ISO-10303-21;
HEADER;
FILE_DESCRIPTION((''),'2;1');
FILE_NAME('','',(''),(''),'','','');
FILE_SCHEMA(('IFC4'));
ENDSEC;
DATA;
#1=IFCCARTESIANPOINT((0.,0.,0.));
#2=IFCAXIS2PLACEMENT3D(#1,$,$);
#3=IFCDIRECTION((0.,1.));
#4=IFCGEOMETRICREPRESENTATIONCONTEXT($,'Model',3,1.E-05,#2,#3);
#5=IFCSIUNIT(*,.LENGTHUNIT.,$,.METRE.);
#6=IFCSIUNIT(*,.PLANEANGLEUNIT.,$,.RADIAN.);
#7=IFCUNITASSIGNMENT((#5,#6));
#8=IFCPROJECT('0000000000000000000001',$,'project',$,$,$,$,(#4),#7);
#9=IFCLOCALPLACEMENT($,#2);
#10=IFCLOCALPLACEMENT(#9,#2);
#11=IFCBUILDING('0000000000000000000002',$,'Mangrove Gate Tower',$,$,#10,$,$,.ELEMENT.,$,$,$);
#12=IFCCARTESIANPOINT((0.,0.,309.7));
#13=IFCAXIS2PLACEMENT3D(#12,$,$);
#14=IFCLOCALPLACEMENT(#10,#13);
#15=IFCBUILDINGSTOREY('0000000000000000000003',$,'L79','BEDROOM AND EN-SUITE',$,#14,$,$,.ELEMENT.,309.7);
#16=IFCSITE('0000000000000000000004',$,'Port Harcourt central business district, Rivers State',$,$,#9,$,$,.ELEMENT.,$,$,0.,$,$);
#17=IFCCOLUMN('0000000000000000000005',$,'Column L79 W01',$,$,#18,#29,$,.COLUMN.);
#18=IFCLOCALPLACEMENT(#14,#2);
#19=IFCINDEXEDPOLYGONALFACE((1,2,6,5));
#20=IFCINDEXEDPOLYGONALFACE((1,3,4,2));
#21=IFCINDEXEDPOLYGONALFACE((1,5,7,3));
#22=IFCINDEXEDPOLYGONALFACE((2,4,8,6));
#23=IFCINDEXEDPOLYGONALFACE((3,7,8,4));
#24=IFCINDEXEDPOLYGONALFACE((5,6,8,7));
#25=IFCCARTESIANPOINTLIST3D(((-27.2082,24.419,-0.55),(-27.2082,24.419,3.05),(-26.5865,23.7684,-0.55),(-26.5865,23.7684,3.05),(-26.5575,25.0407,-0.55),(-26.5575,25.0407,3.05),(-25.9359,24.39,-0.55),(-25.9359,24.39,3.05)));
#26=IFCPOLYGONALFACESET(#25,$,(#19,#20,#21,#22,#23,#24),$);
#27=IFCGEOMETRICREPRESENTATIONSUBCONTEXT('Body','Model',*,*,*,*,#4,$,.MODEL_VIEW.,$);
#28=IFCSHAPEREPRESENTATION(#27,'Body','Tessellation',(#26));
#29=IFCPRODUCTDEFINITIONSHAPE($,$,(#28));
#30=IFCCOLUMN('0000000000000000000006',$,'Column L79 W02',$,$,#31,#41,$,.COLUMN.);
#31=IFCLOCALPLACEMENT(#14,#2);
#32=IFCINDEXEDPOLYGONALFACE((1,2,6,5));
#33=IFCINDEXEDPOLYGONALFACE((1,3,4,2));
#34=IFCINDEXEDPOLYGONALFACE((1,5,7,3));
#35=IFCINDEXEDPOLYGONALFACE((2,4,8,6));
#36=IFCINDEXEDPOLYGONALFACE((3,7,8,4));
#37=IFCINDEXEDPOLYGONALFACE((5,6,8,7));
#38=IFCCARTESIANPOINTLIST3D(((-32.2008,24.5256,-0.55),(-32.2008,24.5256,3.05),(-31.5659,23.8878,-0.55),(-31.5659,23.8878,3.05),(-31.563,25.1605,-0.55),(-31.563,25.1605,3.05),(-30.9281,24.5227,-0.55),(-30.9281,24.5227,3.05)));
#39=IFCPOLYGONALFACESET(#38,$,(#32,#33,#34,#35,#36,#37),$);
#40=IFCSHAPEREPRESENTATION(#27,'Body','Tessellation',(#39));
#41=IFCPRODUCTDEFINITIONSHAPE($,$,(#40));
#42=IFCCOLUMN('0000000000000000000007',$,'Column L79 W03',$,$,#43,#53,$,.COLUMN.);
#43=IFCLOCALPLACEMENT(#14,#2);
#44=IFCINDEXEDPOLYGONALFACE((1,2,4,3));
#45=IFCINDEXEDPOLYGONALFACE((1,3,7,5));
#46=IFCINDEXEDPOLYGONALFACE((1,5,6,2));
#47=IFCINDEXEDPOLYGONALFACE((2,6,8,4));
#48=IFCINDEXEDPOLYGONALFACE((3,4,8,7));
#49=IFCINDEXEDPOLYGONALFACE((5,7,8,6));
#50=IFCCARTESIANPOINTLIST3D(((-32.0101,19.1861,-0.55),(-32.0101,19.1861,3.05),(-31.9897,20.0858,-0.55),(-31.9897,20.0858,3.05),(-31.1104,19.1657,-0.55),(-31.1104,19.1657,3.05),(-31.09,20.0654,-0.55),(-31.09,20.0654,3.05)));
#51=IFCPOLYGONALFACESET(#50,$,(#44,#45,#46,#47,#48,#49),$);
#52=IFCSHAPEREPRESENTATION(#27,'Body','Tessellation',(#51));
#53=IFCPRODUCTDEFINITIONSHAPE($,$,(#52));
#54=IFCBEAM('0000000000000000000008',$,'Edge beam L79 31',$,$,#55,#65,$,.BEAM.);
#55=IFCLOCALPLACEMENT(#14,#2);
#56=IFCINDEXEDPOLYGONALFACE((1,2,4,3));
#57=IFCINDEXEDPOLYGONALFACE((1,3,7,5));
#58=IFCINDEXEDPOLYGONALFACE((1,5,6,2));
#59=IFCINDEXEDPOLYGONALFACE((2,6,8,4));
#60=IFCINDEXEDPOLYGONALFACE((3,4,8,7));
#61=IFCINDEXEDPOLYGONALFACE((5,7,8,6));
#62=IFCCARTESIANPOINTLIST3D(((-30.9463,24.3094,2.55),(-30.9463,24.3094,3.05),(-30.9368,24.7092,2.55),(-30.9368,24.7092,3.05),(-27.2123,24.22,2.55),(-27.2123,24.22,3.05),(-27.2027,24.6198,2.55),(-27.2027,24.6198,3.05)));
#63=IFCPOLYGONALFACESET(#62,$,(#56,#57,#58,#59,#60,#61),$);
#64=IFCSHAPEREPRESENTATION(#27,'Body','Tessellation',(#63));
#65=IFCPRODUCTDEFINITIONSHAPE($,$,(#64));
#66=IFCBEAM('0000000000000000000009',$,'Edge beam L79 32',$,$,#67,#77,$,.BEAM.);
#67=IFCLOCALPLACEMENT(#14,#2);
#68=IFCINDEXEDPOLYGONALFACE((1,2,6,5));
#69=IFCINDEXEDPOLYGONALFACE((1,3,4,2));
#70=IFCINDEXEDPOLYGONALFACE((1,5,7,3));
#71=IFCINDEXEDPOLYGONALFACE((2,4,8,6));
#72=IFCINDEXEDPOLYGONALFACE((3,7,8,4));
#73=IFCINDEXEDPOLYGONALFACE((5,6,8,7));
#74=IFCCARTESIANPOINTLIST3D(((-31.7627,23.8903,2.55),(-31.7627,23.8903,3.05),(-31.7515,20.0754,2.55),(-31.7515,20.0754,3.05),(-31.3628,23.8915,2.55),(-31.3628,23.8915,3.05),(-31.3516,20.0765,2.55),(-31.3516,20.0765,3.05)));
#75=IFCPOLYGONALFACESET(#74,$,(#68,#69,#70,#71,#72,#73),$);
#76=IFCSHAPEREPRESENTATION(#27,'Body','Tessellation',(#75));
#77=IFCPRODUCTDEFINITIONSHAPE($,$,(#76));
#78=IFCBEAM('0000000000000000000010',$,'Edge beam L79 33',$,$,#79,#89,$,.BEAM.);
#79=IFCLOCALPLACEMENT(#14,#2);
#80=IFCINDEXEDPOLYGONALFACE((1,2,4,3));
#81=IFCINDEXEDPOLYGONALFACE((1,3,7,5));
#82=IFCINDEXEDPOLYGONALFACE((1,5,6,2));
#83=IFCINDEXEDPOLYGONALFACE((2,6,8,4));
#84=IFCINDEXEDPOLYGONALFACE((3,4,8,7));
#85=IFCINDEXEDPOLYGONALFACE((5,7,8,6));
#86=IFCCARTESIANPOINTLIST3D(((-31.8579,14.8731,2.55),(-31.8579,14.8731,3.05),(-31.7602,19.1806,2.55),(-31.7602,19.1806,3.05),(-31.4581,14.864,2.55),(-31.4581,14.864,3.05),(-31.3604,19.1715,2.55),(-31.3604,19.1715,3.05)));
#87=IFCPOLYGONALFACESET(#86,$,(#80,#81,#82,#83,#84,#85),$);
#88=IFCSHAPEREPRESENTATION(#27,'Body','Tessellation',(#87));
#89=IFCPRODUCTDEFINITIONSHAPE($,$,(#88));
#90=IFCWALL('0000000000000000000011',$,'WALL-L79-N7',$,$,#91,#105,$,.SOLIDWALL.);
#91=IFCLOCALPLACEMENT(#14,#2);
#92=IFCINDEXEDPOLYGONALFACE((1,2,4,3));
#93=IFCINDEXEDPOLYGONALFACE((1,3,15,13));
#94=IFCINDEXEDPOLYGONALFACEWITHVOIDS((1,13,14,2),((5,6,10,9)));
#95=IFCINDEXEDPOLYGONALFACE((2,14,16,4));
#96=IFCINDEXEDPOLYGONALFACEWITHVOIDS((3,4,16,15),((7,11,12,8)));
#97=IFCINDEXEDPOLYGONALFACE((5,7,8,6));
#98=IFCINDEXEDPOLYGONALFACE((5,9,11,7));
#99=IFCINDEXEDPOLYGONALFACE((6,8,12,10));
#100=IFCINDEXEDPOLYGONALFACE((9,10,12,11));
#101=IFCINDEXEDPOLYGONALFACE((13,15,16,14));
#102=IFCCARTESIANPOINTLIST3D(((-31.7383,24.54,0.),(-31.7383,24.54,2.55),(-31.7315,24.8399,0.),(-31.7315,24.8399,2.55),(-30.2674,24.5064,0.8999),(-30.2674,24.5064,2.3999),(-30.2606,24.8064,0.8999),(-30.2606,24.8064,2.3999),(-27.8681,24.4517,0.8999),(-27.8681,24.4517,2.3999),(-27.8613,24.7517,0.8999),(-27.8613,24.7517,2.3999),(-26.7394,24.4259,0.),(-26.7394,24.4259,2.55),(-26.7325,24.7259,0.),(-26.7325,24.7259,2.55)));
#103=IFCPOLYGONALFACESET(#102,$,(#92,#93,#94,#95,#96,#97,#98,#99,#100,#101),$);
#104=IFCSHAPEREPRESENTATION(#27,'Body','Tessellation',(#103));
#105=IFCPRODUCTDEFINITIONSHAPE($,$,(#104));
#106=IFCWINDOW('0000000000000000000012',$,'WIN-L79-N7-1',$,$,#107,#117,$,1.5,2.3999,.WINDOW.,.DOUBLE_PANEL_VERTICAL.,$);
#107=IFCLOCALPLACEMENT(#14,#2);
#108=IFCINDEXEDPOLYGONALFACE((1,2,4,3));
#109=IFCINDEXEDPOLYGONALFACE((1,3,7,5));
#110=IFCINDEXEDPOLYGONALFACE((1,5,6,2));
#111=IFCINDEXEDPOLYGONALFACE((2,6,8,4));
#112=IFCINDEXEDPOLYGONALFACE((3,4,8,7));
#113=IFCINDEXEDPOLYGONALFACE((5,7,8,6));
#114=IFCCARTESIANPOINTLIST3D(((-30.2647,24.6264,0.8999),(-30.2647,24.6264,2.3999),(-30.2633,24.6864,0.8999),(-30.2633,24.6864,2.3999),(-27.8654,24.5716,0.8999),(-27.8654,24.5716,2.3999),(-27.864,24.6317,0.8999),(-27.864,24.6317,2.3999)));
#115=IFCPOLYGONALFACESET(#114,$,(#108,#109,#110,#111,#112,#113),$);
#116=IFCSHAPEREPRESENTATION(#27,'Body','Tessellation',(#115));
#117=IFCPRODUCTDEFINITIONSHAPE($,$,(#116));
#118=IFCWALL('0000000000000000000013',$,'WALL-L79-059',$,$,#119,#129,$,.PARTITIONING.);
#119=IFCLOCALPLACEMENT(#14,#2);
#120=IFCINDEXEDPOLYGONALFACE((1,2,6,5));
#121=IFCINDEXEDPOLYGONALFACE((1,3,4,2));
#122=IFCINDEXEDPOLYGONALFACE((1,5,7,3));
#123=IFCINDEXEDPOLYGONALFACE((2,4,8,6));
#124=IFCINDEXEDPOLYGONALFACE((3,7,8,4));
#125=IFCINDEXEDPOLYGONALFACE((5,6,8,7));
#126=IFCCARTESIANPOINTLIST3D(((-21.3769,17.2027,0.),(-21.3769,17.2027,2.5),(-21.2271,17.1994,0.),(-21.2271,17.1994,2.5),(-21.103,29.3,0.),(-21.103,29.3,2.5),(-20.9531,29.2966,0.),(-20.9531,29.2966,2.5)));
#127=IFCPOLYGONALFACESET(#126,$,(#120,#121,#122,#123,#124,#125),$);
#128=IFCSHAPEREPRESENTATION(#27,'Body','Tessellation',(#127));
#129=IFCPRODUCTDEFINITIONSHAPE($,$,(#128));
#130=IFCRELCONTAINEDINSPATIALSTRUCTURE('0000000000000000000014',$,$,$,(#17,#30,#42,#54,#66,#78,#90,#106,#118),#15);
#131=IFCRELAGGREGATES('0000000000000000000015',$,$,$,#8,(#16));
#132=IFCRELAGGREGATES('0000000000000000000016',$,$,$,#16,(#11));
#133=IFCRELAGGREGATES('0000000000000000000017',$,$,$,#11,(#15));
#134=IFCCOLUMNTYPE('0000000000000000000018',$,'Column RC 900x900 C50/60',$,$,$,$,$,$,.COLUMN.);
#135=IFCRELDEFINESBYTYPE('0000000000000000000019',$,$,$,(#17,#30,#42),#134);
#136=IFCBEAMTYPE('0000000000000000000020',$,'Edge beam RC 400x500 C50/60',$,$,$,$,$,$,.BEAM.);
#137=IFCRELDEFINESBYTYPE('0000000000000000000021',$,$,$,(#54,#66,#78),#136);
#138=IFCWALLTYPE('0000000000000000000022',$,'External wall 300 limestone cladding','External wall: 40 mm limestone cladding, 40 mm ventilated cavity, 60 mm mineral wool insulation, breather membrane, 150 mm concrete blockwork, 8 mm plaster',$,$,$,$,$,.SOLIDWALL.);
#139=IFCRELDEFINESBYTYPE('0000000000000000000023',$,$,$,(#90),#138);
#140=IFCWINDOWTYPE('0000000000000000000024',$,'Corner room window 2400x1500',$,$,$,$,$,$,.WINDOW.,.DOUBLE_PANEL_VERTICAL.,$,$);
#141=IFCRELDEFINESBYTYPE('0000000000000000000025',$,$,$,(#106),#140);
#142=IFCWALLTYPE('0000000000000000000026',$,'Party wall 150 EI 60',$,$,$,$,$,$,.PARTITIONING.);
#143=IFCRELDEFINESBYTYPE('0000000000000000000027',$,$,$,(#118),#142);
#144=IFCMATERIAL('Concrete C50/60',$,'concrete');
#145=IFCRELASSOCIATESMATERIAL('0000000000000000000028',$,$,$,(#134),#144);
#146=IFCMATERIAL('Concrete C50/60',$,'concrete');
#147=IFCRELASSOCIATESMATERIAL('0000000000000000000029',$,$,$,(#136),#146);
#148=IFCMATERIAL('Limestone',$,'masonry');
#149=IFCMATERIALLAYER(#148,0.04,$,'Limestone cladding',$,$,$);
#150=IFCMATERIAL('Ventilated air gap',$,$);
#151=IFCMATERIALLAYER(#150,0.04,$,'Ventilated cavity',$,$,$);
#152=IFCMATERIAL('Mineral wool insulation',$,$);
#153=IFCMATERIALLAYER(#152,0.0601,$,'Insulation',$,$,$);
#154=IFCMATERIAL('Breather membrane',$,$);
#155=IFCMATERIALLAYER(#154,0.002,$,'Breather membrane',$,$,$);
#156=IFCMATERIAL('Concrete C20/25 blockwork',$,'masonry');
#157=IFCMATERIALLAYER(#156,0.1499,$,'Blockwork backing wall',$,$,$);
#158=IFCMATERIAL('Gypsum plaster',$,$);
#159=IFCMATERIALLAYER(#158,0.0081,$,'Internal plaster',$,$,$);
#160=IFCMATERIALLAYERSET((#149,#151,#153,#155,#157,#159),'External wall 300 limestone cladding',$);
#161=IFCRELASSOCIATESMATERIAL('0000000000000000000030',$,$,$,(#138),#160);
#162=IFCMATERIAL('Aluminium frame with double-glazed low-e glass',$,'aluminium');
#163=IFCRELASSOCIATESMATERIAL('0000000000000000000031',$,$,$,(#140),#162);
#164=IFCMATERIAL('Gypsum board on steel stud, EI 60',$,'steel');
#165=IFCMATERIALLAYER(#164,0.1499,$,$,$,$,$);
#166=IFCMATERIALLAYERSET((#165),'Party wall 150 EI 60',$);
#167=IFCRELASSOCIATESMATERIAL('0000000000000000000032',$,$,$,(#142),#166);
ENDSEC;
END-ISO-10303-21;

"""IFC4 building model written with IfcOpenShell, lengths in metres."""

from ifc_helpers import new_model, si_unit, direction, frame, frame_2d, origin, origin_2d, place, context, subcontext, project, spatial, rectangle, extrude, material, layer, layer_set, material_profile, profile_set, type_object, element, fill, save


model = new_model("IFC4")

# Units and contexts
model_context = context("Model", 3, precision=1e-05, world=origin(), true_north=direction((0.0, 1.0)))
body_context = subcontext(model_context, "Body", "Model", "MODEL_VIEW")
ifc_project = project(units=[si_unit("LENGTHUNIT", "METRE"), si_unit("PLANEANGLEUNIT", "RADIAN")], contexts=[model_context])

# Site, building, storey
site_placement = place(None, origin())
site = spatial("IfcSite", under=ifc_project, at=site_placement, Name="Port Harcourt central business district, Rivers State", CompositionType="ELEMENT", RefElevation=0.0)
building_placement = place(site_placement, origin())
building = spatial("IfcBuilding", under=site, at=building_placement, Name="Mangrove Gate Tower", CompositionType="ELEMENT")
storey_placement = place(building_placement, frame((0.0, 0.0, 309.7)))
storey = spatial("IfcBuildingStorey", under=building, at=storey_placement, Name="L79", Description="BEDROOM AND EN-SUITE", CompositionType="ELEMENT", Elevation=309.7)

# Columns
ifc_material_1 = material(Name="Concrete C50/60", Category="concrete")
ifc_material_profile_1 = material_profile(ifc_material_1, rectangle(XDim=0.8999, YDim=0.8999, at=origin_2d()))
ifc_profile_set_1 = profile_set([ifc_material_profile_1], Name="Concrete C50/60")
column_type = type_object("IfcColumnType", Name="Column RC 900x900 C50/60", PredefinedType="COLUMN", material=ifc_profile_set_1)
for number, where, z_axis, x_axis, name in (
    (1, (-26.572, 24.4045, -0.55), (0.0, 0.0, 1.0), (-0.723044, -0.690802, 0.0), "Column L79 W01"),
    (2, (-31.5645, 24.5242, -0.55), (0.0, 0.0, 1.0), (-0.708698, -0.705512, 0.0), "Column L79 W02"),
    (3, (-31.55, 19.6257, -0.55), (0.0, 0.0, 1.0), (-0.022656, -0.999743, 0.0), "Column L79 W03"),
):
    element("IfcColumn", number, at=place(storey_placement, frame(where, z_axis=z_axis, x_axis=x_axis)), inside=storey, type_object=column_type, Name=name, PredefinedType="COLUMN", context=body_context, shape_type="SweptSolid", body=[
        extrude(rectangle(XDim=0.8999, YDim=0.8999, at=origin_2d()), origin(), (0.0, 0.0, 1.0), 3.6001),
    ])

# Beams
ifc_material_2 = material(Name="Concrete C50/60", Category="concrete")
ifc_material_profile_2 = material_profile(ifc_material_2, rectangle(XDim=0.3999, YDim=0.5, at=origin_2d()))
ifc_profile_set_2 = profile_set([ifc_material_profile_2], Name="Concrete C50/60")
beam_type = type_object("IfcBeamType", Name="Edge beam RC 400x500 C50/60", PredefinedType="BEAM", material=ifc_profile_set_2)
beam_1_placement = place(storey_placement, frame((-27.2075, 24.4199, 2.8), z_axis=(-0.999714, 0.023923, 0.0), x_axis=(-0.023923, -0.999714, 0.0)))
element("IfcBeam", 4, at=beam_1_placement, inside=storey, type_object=beam_type, Name="Edge beam L79 31", PredefinedType="BEAM", context=body_context, shape_type="SweptSolid", body=[
    extrude(rectangle(XDim=0.3999, YDim=0.5, at=origin_2d()), origin(), (0.0, 0.0, 1.0), 3.7351),
])
beam_2_placement = place(storey_placement, frame((-31.5627, 23.8909, 2.8), z_axis=(0.002944, -0.999996, 0.0), x_axis=(0.999996, 0.002944, 0.0)))
element("IfcBeam", 5, at=beam_2_placement, inside=storey, type_object=beam_type, Name="Edge beam L79 32", PredefinedType="BEAM", context=body_context, shape_type="SweptSolid", body=[
    extrude(rectangle(XDim=0.3999, YDim=0.5, at=origin_2d()), origin(), (0.0, 0.0, 1.0), 3.8149),
])
beam_3_placement = place(storey_placement, frame((-31.5603, 19.176, 2.8), z_axis=(-0.022666, -0.999743, 0.0), x_axis=(0.999743, -0.022666, 0.0)))
element("IfcBeam", 6, at=beam_3_placement, inside=storey, type_object=beam_type, Name="Edge beam L79 33", PredefinedType="BEAM", context=body_context, shape_type="SweptSolid", body=[
    extrude(rectangle(XDim=0.3999, YDim=0.5, at=origin_2d()), origin(), (0.0, 0.0, 1.0), 4.3086),
])

# Wall, opening, window
ifc_material_3 = material(Name="Limestone", Category="masonry")
ifc_layer_1 = layer(ifc_material_3, 0.04, Name="Limestone cladding")
ifc_material_4 = material(Name="Ventilated air gap")
ifc_layer_2 = layer(ifc_material_4, 0.04, Name="Ventilated cavity")
ifc_material_5 = material(Name="Mineral wool insulation")
ifc_layer_3 = layer(ifc_material_5, 0.0601, Name="Insulation")
ifc_material_6 = material(Name="Breather membrane")
ifc_layer_4 = layer(ifc_material_6, 0.002, Name="Breather membrane")
ifc_material_7 = material(Name="Concrete C20/25 blockwork", Category="masonry")
ifc_layer_5 = layer(ifc_material_7, 0.1499, Name="Blockwork backing wall")
ifc_material_8 = material(Name="Gypsum plaster")
ifc_layer_6 = layer(ifc_material_8, 0.0081, Name="Internal plaster")
ifc_layer_set_1 = layer_set([ifc_layer_1, ifc_layer_2, ifc_layer_3, ifc_layer_4, ifc_layer_5, ifc_layer_6], Name="External wall 300 limestone cladding")
wall_type_1 = type_object("IfcWallType", Name="External wall 300 limestone cladding", Description="External wall: 40 mm limestone cladding, 40 mm ventilated cavity, 60 mm mineral wool insulation, breather membrane, 150 mm concrete blockwork, 8 mm plaster", PredefinedType="SOLIDWALL", material=ifc_layer_set_1)
wall_1_placement = place(storey_placement, frame((-26.7361, 24.5759, 0.0), z_axis=(0.0, 0.0, 1.0), x_axis=(-0.99974, 0.022801, 0.0)))
wall_1 = element("IfcWall", 7, at=wall_1_placement, inside=storey, type_object=wall_type_1, Name="WALL-L79-N7", PredefinedType="SOLIDWALL", context=body_context, shape_type="SweptSolid", body=[
    extrude(rectangle(XDim=5.0002, YDim=0.3, at=frame_2d((2.5, 0.0))), origin(), (0.0, 0.0, 1.0), 2.55),
])
opening_1_placement = place(wall_1_placement, frame((1.1289, 0.0, 0.8999)))
opening_1 = element("IfcOpeningElement", 8, at=opening_1_placement, cuts=wall_1, PredefinedType="OPENING", context=body_context, shape_type="SweptSolid", body=[
    extrude(rectangle(XDim=2.3999, YDim=1.5, at=frame_2d((1.2, 0.75))), frame((0.0, 0.1599, 0.0), z_axis=(0.0, -1.0, 0.0), x_axis=(1.0, 0.0, 0.0)), (0.0, 0.0, 1.0), 0.3201),
])
ifc_material_9 = material(Name="Aluminium frame with double-glazed low-e glass", Category="aluminium")
window_type = type_object("IfcWindowType", Name="Corner room window 2400x1500", PartitioningType="DOUBLE_PANEL_VERTICAL", PredefinedType="WINDOW", material=ifc_material_9)
window_placement = place(opening_1_placement, origin())
window = element("IfcWindow", 9, at=window_placement, inside=storey, type_object=window_type, Name="WIN-L79-N7-1", OverallHeight=1.5, OverallWidth=2.3999, PartitioningType="DOUBLE_PANEL_VERTICAL", PredefinedType="WINDOW", context=body_context, shape_type="SweptSolid", body=[
    extrude(rectangle(XDim=2.3999, YDim=1.5, at=frame_2d((1.2, 0.75))), frame((0.0, 0.03, 0.0), z_axis=(0.0, -1.0, 0.0), x_axis=(1.0, 0.0, 0.0)), (0.0, 0.0, 1.0), 0.0601),
])
fill(opening_1, window)

# Wall
ifc_material_10 = material(Name="Gypsum board on steel stud, EI 60", Category="steel")
ifc_layer_7 = layer(ifc_material_10, 0.1499)
ifc_layer_set_2 = layer_set([ifc_layer_7], Name="Party wall 150 EI 60")
wall_type_2 = type_object("IfcWallType", Name="Party wall 150 EI 60", PredefinedType="PARTITIONING", material=ifc_layer_set_2)
wall_2_placement = place(storey_placement, frame((-21.302, 17.2009, 0.0), z_axis=(0.0, 0.0, 1.0), x_axis=(0.022638, 0.999744, 0.0)))
element("IfcWall", 10, at=wall_2_placement, inside=storey, type_object=wall_type_2, Name="WALL-L79-059", PredefinedType="PARTITIONING", context=body_context, shape_type="SweptSolid", body=[
    extrude(rectangle(XDim=12.1003, YDim=0.1499, at=frame_2d((6.0503, 0.0))), origin(), (0.0, 0.0, 1.0), 2.5),
])

save(model, "model.ifc")
